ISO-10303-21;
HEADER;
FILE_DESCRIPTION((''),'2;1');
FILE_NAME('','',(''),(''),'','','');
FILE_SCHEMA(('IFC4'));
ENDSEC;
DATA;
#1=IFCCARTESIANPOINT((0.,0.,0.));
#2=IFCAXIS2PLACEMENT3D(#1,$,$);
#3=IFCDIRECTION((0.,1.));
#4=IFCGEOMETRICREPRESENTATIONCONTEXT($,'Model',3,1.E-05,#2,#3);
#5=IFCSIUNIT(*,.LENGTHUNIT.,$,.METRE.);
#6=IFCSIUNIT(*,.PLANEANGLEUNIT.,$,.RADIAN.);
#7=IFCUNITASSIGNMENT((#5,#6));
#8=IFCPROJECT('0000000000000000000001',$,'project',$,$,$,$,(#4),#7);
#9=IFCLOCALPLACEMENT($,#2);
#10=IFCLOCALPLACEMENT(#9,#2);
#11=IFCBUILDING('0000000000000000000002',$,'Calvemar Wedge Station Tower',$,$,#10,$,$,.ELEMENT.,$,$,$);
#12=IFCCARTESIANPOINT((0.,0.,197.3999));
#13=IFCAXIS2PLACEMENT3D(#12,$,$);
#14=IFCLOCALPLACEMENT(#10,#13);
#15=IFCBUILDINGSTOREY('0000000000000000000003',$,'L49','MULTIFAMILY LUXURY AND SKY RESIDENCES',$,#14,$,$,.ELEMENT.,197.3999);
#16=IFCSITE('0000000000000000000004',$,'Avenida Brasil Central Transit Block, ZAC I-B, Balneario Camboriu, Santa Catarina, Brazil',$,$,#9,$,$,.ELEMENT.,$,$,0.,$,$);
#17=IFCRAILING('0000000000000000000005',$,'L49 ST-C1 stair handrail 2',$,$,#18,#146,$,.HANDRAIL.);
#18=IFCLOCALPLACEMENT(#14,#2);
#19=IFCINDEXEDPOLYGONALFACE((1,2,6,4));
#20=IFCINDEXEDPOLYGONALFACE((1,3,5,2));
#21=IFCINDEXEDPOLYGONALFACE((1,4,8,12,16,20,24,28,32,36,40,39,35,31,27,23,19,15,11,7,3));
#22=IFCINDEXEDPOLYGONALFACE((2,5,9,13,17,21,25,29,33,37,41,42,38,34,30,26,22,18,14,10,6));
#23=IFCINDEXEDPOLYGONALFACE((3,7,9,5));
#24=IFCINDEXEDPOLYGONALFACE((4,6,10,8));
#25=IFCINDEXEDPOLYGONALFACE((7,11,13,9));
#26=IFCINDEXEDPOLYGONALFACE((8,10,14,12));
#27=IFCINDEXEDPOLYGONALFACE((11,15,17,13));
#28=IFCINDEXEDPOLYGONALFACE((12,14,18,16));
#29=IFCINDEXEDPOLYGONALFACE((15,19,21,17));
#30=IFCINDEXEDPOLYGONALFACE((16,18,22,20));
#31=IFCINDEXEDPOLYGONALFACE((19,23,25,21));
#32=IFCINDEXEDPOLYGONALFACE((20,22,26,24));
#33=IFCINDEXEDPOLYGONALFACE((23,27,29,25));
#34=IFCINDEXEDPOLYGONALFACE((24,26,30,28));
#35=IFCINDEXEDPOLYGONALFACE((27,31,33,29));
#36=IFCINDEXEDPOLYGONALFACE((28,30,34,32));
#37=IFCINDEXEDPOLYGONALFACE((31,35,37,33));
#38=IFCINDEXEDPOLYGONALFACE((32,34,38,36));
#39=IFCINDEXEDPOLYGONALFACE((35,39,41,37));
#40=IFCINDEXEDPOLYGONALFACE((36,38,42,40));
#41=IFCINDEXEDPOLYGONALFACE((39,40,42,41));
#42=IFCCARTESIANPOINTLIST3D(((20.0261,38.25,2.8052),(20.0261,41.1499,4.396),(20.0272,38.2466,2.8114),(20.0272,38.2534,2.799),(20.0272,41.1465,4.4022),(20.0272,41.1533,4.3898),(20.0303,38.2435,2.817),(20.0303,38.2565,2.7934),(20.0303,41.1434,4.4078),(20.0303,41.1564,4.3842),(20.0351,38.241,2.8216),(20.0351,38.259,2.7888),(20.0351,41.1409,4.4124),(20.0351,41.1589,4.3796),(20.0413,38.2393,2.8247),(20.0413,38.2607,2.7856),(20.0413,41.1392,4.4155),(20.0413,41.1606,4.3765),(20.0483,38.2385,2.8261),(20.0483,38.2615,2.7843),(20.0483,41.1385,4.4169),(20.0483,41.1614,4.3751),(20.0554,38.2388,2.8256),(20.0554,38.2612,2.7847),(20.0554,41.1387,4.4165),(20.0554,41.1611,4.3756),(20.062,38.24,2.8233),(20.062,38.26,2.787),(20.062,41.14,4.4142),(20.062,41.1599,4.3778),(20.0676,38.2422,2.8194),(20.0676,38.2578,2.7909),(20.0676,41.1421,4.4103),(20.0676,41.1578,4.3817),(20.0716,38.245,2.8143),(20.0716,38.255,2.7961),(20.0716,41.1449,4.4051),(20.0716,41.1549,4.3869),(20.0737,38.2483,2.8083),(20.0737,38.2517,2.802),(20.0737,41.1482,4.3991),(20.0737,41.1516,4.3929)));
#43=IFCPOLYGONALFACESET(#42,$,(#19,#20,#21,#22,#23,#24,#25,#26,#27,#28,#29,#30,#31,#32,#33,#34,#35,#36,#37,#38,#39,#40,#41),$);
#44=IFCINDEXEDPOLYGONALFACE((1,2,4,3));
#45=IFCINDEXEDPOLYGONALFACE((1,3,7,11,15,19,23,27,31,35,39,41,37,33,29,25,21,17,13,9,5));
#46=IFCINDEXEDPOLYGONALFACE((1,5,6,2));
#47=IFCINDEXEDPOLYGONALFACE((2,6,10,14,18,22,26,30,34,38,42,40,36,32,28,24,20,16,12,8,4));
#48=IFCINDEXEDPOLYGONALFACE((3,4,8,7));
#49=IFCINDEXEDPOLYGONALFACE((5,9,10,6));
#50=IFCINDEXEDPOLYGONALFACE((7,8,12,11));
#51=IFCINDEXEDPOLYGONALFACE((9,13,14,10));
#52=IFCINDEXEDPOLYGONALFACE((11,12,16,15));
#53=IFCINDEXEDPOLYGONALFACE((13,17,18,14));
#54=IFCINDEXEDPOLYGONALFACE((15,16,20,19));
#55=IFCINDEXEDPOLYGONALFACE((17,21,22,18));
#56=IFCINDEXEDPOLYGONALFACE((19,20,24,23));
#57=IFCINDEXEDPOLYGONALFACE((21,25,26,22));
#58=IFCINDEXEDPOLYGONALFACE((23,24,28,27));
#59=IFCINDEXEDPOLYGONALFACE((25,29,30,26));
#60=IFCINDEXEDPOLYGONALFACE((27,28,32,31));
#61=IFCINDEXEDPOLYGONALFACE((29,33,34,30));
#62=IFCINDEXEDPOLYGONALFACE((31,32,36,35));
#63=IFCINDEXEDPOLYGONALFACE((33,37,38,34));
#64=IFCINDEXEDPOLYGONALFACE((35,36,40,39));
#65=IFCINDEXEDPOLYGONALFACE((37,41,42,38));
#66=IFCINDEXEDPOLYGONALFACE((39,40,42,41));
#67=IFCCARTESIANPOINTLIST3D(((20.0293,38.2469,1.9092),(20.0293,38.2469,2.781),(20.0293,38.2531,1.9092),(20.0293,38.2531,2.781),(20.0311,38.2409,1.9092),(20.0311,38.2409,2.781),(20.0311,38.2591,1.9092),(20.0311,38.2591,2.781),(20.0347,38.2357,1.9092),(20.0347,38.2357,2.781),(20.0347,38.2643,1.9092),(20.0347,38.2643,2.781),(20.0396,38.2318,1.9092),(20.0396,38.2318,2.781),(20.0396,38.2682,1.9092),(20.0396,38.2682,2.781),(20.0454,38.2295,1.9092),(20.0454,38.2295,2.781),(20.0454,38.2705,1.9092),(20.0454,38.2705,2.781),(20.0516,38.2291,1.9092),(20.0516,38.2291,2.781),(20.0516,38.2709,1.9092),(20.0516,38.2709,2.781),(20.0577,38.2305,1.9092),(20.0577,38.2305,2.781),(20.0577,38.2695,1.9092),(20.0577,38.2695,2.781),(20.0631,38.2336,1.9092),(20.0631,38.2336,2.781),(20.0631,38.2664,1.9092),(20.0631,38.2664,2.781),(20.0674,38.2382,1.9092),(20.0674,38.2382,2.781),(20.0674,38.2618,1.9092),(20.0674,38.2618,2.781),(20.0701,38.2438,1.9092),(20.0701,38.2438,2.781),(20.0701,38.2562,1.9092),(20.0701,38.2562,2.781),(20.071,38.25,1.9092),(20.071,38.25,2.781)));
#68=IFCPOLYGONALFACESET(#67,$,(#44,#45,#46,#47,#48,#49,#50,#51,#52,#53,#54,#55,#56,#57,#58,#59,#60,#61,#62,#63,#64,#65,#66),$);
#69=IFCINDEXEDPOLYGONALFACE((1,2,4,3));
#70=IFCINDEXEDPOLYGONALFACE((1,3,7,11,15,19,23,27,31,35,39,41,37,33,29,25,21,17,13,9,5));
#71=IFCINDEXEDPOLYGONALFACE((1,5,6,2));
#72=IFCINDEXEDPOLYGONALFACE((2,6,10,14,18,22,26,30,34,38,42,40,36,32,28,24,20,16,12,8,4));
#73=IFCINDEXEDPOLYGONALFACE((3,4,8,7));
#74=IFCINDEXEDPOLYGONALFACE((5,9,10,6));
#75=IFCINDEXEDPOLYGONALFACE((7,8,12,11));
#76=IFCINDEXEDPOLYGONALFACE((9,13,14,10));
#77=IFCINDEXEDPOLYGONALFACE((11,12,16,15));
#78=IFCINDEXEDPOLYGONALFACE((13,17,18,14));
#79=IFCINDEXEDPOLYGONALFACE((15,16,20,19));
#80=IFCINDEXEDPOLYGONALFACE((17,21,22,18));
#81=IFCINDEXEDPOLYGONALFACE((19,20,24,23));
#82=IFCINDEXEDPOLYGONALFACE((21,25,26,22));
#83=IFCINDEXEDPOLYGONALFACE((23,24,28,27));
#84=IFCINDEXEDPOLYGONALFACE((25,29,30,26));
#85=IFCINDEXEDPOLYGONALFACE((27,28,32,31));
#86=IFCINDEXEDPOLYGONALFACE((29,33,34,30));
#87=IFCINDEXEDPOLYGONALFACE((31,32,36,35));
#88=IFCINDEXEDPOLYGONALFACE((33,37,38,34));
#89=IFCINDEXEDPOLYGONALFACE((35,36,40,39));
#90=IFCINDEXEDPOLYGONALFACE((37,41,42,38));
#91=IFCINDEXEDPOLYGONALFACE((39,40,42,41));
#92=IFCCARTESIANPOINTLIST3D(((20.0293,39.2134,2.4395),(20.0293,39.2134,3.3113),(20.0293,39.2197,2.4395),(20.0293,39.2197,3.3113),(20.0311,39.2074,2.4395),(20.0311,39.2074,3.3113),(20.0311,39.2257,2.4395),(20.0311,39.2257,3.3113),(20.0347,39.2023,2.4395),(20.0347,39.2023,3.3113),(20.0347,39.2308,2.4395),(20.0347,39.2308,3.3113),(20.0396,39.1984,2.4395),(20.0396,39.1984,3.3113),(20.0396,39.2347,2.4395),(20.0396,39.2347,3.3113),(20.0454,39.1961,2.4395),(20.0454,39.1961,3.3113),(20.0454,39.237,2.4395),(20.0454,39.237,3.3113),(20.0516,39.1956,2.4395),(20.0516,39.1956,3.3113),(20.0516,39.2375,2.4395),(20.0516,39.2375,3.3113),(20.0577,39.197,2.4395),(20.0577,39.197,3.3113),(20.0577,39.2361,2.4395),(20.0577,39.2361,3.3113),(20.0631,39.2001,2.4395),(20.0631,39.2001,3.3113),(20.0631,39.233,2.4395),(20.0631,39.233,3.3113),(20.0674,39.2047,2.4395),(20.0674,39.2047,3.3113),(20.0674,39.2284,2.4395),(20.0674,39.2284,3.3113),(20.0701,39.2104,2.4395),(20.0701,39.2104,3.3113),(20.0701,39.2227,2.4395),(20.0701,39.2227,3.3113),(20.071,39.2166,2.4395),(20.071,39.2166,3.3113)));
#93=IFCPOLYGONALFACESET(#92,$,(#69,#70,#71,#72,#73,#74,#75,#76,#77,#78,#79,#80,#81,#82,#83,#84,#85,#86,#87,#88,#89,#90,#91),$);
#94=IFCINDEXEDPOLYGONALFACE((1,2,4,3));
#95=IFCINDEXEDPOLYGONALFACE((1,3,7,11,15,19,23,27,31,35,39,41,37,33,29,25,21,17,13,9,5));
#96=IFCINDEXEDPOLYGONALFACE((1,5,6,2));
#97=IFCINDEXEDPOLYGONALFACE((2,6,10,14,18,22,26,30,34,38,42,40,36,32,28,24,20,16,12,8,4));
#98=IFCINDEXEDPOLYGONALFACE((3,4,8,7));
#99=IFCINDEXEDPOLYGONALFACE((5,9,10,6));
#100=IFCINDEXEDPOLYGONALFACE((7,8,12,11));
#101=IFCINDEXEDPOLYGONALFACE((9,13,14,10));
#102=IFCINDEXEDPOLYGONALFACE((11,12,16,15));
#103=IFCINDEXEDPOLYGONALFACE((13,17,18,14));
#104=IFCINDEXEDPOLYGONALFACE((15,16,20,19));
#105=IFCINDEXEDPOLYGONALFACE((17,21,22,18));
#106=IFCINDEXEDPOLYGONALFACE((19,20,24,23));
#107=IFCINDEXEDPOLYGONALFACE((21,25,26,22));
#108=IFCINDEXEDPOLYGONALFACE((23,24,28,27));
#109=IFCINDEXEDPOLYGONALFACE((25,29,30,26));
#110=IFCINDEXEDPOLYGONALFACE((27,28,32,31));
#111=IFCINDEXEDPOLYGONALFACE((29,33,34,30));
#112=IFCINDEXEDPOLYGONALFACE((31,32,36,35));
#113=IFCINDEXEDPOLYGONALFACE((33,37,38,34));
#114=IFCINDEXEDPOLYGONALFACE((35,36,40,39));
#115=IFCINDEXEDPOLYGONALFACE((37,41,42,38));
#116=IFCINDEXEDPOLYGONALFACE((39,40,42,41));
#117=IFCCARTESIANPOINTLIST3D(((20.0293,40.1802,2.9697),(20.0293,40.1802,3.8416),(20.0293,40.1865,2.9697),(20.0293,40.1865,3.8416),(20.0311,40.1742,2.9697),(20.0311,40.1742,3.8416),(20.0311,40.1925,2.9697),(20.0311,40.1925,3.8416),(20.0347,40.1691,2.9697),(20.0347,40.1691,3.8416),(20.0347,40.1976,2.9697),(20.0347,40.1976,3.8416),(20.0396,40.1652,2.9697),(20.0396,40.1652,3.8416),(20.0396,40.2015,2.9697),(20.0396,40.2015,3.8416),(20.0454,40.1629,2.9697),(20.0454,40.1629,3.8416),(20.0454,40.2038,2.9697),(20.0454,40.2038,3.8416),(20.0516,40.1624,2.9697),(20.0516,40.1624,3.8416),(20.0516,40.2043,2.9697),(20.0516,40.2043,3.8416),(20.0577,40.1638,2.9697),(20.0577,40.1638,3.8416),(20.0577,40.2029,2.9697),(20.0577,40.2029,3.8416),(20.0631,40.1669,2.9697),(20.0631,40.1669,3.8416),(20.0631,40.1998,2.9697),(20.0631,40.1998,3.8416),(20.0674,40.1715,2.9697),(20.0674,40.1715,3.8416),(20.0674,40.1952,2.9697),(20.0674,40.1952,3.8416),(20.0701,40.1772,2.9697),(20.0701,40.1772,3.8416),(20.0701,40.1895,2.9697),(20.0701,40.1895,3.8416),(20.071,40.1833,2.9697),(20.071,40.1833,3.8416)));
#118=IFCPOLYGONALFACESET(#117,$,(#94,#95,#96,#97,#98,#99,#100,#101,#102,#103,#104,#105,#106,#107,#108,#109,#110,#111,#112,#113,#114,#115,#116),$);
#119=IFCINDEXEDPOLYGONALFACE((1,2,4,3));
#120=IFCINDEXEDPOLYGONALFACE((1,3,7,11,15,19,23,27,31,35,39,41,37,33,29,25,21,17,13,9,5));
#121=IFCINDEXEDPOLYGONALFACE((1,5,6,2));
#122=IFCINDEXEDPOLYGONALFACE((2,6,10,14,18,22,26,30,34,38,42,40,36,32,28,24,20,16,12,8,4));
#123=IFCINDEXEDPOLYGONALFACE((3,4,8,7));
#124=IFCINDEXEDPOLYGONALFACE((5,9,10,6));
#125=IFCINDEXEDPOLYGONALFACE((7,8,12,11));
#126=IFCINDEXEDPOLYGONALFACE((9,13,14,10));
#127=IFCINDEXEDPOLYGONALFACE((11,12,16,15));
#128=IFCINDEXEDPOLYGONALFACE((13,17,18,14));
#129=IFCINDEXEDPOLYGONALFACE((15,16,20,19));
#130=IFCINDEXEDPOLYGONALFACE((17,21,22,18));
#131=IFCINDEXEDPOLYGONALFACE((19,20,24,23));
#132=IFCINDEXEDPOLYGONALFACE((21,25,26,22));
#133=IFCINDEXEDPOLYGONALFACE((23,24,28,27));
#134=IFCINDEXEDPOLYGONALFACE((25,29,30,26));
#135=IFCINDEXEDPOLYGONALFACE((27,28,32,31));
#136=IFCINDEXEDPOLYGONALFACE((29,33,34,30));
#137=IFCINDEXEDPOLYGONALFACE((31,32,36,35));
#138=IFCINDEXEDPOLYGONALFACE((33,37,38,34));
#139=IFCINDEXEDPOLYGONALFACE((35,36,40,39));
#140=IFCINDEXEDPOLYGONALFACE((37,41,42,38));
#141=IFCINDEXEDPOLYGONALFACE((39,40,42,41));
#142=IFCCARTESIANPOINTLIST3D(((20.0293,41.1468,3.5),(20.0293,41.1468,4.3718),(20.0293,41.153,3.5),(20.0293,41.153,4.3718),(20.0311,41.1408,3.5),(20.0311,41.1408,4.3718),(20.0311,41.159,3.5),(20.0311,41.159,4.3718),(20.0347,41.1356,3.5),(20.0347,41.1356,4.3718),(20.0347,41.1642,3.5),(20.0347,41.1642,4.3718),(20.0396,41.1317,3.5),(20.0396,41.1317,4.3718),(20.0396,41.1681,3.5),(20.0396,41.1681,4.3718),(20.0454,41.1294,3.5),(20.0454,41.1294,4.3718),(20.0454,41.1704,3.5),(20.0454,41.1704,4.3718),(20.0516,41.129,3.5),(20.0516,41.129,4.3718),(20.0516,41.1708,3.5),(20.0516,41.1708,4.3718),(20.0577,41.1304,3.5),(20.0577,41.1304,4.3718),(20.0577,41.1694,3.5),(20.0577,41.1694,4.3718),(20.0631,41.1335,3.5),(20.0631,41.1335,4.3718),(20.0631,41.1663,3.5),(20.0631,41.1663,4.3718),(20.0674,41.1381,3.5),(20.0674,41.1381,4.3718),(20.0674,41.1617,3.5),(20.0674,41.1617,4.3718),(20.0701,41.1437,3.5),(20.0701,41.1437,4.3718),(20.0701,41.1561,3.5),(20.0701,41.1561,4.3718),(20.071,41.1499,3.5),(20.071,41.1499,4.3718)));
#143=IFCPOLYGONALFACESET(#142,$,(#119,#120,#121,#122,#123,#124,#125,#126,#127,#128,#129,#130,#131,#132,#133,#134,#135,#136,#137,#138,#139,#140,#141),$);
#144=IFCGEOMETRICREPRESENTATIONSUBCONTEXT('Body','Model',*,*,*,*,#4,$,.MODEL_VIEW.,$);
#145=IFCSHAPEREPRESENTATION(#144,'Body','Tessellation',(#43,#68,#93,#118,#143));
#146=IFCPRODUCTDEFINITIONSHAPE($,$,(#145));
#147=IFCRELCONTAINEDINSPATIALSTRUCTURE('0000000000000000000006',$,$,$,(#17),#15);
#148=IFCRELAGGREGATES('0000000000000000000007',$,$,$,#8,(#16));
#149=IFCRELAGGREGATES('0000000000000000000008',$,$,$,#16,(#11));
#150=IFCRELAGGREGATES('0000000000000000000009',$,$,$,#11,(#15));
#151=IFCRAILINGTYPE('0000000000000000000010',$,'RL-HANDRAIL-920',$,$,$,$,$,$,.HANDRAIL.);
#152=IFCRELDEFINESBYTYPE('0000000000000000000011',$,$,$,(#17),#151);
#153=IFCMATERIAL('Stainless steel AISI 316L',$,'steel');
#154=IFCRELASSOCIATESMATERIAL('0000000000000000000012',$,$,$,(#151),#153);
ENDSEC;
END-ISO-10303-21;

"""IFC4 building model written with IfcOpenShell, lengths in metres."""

from ifc_helpers import new_model, si_unit, direction, frame, origin, origin_2d, place, context, subcontext, project, spatial, circle, extrude, material, type_object, element, save


model = new_model("IFC4")

# Units and contexts
model_context = context("Model", 3, precision=1e-05, world=origin(), true_north=direction((0.0, 1.0)))
body_context = subcontext(model_context, "Body", "Model", "MODEL_VIEW")
ifc_project = project(units=[si_unit("LENGTHUNIT", "METRE"), si_unit("PLANEANGLEUNIT", "RADIAN")], contexts=[model_context])

# Site, building, storey
site_placement = place(None, origin())
site = spatial("IfcSite", under=ifc_project, at=site_placement, Name="Avenida Brasil Central Transit Block, ZAC I-B, Balneario Camboriu, Santa Catarina, Brazil", CompositionType="ELEMENT", RefElevation=0.0)
building_placement = place(site_placement, origin())
building = spatial("IfcBuilding", under=site, at=building_placement, Name="Calvemar Wedge Station Tower", CompositionType="ELEMENT")
storey_placement = place(building_placement, frame((0.0, 0.0, 197.3999)))
storey = spatial("IfcBuildingStorey", under=building, at=storey_placement, Name="L49", Description="MULTIFAMILY LUXURY AND SKY RESIDENCES", CompositionType="ELEMENT", Elevation=197.3999)

# Railing
ifc_material_1 = material(Name="Stainless steel AISI 316L", Category="steel")
railing_type_1 = type_object("IfcRailingType", Name="RL-HANDRAIL-920", PredefinedType="HANDRAIL", material=ifc_material_1)
railing_1_placement = place(storey_placement, frame((20.05, 38.25, 1.9092)))
element("IfcRailing", 1, at=railing_1_placement, inside=storey, type_object=railing_type_1, Name="L49 ST-C1 stair handrail 2", PredefinedType="HANDRAIL", context=body_context, shape_type="SweptSolid", body=[
    extrude(circle(Radius=0.0239, at=origin_2d()), frame((0.0, 0.0, 0.896), z_axis=(0.0, 0.876742, 0.480961), x_axis=(-1.0, 0.0, 0.0)), (0.0, 0.0, 1.0), 3.3076),
    extrude(circle(Radius=0.021, at=origin_2d()), origin(), (0.0, 0.0, 1.0), 0.8718),
    extrude(circle(Radius=0.021, at=origin_2d()), frame((0.0, 0.9666, 0.5303)), (0.0, 0.0, 1.0), 0.8718),
    extrude(circle(Radius=0.021, at=origin_2d()), frame((0.0, 1.9333, 1.0605)), (0.0, 0.0, 1.0), 0.8718),
    extrude(circle(Radius=0.021, at=origin_2d()), frame((0.0, 2.8999, 1.5908)), (0.0, 0.0, 1.0), 0.8718),
])

save(model, "model.ifc")
